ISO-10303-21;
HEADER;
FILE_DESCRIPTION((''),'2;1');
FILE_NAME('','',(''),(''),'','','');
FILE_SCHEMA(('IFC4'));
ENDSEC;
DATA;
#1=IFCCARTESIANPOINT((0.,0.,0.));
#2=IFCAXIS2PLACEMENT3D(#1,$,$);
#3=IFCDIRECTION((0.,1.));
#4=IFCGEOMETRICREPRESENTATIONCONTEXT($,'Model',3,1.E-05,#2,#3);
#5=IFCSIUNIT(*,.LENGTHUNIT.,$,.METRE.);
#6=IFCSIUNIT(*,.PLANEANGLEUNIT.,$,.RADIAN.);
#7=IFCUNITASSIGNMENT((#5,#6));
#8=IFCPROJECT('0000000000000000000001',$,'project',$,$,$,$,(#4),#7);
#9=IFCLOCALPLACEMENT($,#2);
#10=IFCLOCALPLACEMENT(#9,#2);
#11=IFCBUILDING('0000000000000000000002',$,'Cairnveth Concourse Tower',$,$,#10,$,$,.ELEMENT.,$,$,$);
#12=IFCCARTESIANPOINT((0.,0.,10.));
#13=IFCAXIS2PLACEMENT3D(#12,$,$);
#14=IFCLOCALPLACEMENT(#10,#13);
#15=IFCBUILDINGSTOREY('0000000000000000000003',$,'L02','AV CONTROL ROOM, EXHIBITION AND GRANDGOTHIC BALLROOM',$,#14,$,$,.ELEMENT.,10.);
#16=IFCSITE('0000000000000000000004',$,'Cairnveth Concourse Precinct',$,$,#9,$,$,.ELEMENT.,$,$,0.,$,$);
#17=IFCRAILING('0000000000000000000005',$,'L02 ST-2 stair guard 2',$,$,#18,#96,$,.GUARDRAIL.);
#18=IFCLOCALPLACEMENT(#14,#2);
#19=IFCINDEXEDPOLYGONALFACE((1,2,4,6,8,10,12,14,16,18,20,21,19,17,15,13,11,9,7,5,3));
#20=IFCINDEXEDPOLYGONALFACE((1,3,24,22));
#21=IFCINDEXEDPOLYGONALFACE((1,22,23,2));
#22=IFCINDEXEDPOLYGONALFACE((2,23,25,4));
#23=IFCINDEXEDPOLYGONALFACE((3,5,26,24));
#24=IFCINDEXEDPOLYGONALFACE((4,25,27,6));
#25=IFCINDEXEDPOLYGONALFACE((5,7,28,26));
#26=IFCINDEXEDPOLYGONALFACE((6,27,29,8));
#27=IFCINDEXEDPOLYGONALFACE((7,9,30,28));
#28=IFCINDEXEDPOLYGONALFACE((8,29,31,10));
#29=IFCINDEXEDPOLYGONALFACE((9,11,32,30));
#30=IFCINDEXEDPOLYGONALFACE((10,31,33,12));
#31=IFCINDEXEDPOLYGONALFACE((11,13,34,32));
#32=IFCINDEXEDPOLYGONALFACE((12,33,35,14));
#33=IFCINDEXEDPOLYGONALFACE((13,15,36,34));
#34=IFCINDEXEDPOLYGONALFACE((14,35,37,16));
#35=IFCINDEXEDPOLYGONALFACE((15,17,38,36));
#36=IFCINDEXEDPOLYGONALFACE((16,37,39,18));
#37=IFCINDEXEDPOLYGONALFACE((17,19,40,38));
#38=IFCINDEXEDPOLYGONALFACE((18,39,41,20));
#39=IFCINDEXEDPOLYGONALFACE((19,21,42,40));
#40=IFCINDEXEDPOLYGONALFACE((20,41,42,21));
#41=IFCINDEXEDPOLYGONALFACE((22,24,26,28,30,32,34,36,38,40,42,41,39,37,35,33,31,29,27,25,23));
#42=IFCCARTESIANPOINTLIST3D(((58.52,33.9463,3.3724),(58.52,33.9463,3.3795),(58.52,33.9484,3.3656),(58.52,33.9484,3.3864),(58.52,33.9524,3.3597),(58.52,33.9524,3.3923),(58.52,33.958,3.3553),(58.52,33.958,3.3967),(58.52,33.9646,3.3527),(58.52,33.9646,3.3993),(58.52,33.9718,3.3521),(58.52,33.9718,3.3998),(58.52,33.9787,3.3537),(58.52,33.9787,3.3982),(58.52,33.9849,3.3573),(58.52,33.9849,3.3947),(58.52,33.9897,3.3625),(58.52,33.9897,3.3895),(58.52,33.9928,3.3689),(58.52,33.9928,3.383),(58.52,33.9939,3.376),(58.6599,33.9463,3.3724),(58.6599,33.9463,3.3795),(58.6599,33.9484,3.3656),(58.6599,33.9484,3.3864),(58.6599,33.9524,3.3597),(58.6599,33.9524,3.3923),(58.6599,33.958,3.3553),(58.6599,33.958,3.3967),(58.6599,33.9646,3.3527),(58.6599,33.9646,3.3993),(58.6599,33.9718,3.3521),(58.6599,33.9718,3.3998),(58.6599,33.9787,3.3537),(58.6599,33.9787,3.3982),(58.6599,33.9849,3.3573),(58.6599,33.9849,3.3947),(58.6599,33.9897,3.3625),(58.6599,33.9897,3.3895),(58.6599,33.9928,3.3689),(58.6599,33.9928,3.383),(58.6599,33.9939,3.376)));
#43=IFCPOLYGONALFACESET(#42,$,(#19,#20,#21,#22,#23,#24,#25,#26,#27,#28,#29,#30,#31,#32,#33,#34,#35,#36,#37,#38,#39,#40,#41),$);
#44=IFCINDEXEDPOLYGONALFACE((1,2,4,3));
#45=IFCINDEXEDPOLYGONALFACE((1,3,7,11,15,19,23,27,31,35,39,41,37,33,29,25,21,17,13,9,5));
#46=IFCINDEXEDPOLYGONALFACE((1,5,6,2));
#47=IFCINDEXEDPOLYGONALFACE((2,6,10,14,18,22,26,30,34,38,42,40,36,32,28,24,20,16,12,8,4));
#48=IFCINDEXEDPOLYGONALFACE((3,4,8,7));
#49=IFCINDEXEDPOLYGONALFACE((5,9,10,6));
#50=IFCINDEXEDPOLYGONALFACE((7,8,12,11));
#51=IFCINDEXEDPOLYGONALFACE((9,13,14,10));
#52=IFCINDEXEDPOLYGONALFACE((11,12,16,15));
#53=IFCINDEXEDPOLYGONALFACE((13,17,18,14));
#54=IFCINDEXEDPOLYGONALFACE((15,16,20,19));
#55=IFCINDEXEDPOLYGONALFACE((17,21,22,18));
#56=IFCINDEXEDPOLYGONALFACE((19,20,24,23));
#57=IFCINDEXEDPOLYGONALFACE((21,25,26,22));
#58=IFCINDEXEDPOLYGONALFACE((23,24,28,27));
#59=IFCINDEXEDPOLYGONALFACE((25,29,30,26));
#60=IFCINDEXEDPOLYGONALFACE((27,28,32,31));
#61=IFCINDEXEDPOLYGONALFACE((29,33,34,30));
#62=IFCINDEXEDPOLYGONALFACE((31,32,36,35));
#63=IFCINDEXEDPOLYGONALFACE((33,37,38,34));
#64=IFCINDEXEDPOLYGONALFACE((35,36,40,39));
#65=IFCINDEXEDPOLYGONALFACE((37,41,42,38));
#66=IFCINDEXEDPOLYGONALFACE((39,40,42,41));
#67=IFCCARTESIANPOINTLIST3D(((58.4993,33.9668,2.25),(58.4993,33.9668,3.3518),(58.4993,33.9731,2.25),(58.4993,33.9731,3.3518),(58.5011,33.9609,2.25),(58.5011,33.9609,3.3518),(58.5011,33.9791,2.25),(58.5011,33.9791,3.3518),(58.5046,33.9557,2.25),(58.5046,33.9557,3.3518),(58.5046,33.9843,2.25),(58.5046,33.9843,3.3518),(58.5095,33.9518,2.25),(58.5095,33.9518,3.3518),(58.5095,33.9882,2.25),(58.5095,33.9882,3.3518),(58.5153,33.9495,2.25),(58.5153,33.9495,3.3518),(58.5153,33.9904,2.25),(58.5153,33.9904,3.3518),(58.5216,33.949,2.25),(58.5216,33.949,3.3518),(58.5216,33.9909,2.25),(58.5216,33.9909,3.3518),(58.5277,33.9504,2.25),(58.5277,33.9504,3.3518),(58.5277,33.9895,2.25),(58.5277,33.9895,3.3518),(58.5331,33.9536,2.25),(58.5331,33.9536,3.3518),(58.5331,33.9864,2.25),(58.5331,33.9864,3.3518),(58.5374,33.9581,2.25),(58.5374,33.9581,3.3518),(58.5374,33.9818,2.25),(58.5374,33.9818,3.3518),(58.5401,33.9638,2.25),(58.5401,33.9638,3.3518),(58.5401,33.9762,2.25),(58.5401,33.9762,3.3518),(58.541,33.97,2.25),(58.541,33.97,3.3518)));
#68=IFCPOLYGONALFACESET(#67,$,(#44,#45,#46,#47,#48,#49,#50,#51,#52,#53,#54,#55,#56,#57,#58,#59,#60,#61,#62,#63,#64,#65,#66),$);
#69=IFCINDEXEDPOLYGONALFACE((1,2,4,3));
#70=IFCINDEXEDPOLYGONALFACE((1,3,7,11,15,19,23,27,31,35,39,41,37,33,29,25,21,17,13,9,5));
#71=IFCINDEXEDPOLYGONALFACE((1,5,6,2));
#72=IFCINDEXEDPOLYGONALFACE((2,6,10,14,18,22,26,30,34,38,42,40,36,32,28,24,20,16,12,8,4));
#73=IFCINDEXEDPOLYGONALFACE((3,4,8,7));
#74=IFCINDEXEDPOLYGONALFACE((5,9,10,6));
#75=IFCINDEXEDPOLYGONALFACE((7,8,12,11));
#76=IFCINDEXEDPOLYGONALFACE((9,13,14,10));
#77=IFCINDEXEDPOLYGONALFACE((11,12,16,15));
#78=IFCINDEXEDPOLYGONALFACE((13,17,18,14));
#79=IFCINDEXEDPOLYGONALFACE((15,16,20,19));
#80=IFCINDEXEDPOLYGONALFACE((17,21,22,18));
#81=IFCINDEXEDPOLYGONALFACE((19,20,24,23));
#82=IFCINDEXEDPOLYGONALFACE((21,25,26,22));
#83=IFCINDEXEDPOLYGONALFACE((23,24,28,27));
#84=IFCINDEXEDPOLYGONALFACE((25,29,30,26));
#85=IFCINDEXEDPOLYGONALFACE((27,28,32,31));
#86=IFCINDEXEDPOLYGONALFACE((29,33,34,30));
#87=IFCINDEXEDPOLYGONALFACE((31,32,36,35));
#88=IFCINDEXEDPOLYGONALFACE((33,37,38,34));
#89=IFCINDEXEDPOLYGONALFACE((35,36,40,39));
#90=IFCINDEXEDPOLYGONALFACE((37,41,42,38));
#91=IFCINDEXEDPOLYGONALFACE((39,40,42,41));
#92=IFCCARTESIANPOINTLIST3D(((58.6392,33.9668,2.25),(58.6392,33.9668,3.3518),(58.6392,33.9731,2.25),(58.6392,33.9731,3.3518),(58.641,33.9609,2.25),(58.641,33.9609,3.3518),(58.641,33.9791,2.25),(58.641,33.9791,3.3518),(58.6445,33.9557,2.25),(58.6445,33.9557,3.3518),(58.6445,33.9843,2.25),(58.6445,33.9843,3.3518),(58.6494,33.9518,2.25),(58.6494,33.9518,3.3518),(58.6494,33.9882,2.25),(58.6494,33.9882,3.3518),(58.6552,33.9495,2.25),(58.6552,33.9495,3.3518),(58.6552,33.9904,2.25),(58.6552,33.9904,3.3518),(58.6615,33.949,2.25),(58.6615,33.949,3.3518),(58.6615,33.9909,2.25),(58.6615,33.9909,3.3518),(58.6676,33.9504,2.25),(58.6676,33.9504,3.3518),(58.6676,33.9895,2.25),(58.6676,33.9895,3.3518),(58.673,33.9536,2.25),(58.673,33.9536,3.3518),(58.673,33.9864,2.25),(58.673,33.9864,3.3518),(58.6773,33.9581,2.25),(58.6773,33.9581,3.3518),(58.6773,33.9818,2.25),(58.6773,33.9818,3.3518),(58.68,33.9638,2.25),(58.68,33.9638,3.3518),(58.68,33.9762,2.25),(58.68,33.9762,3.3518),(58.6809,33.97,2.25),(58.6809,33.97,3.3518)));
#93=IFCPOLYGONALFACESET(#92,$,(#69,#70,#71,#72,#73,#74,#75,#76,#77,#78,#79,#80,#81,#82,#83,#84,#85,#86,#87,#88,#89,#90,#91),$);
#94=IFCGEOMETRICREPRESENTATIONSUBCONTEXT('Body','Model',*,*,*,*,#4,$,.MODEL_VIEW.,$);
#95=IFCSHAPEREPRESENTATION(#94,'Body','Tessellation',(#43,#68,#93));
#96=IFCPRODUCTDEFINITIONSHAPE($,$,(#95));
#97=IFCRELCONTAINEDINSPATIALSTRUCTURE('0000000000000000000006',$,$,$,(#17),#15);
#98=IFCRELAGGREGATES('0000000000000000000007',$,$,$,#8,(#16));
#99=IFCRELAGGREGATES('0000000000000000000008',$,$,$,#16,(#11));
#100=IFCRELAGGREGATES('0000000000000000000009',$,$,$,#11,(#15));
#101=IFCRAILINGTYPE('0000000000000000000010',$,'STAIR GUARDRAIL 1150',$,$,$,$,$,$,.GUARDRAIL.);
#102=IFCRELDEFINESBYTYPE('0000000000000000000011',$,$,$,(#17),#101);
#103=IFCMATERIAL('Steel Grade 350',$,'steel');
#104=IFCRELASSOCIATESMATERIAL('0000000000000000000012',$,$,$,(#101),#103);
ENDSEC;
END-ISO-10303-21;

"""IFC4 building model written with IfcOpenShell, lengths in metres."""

from ifc_helpers import new_model, si_unit, direction, frame, origin, origin_2d, place, context, subcontext, project, spatial, circle, extrude, material, type_object, element, save


model = new_model("IFC4")

# Units and contexts
model_context = context("Model", 3, precision=1e-05, world=origin(), true_north=direction((0.0, 1.0)))
body_context = subcontext(model_context, "Body", "Model", "MODEL_VIEW")
ifc_project = project(units=[si_unit("LENGTHUNIT", "METRE"), si_unit("PLANEANGLEUNIT", "RADIAN")], contexts=[model_context])

# Site, building, storey
site_placement = place(None, origin())
site = spatial("IfcSite", under=ifc_project, at=site_placement, Name="Cairnveth Concourse Precinct", CompositionType="ELEMENT", RefElevation=0.0)
building_placement = place(site_placement, origin())
building = spatial("IfcBuilding", under=site, at=building_placement, Name="Cairnveth Concourse Tower", CompositionType="ELEMENT")
storey_placement = place(building_placement, frame((0.0, 0.0, 10.0)))
storey = spatial("IfcBuildingStorey", under=building, at=storey_placement, Name="L02", Description="AV CONTROL ROOM, EXHIBITION AND GRANDGOTHIC BALLROOM", CompositionType="ELEMENT", Elevation=10.0)

# Shared definitions
ifc_material_1 = material(Name="Steel Grade 350", Category="steel")

# Railing
railing_type_1 = type_object("IfcRailingType", Name="STAIR GUARDRAIL 1150", PredefinedType="GUARDRAIL", material=ifc_material_1)
railing_1_placement = place(storey_placement, frame((58.52, 33.97, 2.25)))
element("IfcRailing", 1, at=railing_1_placement, inside=storey, type_object=railing_type_1, Name="L02 ST-2 stair guard 2", PredefinedType="GUARDRAIL", context=body_context, shape_type="SweptSolid", body=[
    extrude(circle(Radius=0.0239, at=origin_2d()), frame((0.0, 0.0, 1.126), z_axis=(1.0, 0.0, 0.0), x_axis=(0.0, 1.0, 0.0)), (0.0, 0.0, 1.0), 0.1399),
    extrude(circle(Radius=0.021, at=origin_2d()), origin(), (0.0, 0.0, 1.0), 1.1018),
    extrude(circle(Radius=0.021, at=origin_2d()), frame((0.1399, 0.0, 0.0)), (0.0, 0.0, 1.0), 1.1018),
])

save(model, "model.ifc")
